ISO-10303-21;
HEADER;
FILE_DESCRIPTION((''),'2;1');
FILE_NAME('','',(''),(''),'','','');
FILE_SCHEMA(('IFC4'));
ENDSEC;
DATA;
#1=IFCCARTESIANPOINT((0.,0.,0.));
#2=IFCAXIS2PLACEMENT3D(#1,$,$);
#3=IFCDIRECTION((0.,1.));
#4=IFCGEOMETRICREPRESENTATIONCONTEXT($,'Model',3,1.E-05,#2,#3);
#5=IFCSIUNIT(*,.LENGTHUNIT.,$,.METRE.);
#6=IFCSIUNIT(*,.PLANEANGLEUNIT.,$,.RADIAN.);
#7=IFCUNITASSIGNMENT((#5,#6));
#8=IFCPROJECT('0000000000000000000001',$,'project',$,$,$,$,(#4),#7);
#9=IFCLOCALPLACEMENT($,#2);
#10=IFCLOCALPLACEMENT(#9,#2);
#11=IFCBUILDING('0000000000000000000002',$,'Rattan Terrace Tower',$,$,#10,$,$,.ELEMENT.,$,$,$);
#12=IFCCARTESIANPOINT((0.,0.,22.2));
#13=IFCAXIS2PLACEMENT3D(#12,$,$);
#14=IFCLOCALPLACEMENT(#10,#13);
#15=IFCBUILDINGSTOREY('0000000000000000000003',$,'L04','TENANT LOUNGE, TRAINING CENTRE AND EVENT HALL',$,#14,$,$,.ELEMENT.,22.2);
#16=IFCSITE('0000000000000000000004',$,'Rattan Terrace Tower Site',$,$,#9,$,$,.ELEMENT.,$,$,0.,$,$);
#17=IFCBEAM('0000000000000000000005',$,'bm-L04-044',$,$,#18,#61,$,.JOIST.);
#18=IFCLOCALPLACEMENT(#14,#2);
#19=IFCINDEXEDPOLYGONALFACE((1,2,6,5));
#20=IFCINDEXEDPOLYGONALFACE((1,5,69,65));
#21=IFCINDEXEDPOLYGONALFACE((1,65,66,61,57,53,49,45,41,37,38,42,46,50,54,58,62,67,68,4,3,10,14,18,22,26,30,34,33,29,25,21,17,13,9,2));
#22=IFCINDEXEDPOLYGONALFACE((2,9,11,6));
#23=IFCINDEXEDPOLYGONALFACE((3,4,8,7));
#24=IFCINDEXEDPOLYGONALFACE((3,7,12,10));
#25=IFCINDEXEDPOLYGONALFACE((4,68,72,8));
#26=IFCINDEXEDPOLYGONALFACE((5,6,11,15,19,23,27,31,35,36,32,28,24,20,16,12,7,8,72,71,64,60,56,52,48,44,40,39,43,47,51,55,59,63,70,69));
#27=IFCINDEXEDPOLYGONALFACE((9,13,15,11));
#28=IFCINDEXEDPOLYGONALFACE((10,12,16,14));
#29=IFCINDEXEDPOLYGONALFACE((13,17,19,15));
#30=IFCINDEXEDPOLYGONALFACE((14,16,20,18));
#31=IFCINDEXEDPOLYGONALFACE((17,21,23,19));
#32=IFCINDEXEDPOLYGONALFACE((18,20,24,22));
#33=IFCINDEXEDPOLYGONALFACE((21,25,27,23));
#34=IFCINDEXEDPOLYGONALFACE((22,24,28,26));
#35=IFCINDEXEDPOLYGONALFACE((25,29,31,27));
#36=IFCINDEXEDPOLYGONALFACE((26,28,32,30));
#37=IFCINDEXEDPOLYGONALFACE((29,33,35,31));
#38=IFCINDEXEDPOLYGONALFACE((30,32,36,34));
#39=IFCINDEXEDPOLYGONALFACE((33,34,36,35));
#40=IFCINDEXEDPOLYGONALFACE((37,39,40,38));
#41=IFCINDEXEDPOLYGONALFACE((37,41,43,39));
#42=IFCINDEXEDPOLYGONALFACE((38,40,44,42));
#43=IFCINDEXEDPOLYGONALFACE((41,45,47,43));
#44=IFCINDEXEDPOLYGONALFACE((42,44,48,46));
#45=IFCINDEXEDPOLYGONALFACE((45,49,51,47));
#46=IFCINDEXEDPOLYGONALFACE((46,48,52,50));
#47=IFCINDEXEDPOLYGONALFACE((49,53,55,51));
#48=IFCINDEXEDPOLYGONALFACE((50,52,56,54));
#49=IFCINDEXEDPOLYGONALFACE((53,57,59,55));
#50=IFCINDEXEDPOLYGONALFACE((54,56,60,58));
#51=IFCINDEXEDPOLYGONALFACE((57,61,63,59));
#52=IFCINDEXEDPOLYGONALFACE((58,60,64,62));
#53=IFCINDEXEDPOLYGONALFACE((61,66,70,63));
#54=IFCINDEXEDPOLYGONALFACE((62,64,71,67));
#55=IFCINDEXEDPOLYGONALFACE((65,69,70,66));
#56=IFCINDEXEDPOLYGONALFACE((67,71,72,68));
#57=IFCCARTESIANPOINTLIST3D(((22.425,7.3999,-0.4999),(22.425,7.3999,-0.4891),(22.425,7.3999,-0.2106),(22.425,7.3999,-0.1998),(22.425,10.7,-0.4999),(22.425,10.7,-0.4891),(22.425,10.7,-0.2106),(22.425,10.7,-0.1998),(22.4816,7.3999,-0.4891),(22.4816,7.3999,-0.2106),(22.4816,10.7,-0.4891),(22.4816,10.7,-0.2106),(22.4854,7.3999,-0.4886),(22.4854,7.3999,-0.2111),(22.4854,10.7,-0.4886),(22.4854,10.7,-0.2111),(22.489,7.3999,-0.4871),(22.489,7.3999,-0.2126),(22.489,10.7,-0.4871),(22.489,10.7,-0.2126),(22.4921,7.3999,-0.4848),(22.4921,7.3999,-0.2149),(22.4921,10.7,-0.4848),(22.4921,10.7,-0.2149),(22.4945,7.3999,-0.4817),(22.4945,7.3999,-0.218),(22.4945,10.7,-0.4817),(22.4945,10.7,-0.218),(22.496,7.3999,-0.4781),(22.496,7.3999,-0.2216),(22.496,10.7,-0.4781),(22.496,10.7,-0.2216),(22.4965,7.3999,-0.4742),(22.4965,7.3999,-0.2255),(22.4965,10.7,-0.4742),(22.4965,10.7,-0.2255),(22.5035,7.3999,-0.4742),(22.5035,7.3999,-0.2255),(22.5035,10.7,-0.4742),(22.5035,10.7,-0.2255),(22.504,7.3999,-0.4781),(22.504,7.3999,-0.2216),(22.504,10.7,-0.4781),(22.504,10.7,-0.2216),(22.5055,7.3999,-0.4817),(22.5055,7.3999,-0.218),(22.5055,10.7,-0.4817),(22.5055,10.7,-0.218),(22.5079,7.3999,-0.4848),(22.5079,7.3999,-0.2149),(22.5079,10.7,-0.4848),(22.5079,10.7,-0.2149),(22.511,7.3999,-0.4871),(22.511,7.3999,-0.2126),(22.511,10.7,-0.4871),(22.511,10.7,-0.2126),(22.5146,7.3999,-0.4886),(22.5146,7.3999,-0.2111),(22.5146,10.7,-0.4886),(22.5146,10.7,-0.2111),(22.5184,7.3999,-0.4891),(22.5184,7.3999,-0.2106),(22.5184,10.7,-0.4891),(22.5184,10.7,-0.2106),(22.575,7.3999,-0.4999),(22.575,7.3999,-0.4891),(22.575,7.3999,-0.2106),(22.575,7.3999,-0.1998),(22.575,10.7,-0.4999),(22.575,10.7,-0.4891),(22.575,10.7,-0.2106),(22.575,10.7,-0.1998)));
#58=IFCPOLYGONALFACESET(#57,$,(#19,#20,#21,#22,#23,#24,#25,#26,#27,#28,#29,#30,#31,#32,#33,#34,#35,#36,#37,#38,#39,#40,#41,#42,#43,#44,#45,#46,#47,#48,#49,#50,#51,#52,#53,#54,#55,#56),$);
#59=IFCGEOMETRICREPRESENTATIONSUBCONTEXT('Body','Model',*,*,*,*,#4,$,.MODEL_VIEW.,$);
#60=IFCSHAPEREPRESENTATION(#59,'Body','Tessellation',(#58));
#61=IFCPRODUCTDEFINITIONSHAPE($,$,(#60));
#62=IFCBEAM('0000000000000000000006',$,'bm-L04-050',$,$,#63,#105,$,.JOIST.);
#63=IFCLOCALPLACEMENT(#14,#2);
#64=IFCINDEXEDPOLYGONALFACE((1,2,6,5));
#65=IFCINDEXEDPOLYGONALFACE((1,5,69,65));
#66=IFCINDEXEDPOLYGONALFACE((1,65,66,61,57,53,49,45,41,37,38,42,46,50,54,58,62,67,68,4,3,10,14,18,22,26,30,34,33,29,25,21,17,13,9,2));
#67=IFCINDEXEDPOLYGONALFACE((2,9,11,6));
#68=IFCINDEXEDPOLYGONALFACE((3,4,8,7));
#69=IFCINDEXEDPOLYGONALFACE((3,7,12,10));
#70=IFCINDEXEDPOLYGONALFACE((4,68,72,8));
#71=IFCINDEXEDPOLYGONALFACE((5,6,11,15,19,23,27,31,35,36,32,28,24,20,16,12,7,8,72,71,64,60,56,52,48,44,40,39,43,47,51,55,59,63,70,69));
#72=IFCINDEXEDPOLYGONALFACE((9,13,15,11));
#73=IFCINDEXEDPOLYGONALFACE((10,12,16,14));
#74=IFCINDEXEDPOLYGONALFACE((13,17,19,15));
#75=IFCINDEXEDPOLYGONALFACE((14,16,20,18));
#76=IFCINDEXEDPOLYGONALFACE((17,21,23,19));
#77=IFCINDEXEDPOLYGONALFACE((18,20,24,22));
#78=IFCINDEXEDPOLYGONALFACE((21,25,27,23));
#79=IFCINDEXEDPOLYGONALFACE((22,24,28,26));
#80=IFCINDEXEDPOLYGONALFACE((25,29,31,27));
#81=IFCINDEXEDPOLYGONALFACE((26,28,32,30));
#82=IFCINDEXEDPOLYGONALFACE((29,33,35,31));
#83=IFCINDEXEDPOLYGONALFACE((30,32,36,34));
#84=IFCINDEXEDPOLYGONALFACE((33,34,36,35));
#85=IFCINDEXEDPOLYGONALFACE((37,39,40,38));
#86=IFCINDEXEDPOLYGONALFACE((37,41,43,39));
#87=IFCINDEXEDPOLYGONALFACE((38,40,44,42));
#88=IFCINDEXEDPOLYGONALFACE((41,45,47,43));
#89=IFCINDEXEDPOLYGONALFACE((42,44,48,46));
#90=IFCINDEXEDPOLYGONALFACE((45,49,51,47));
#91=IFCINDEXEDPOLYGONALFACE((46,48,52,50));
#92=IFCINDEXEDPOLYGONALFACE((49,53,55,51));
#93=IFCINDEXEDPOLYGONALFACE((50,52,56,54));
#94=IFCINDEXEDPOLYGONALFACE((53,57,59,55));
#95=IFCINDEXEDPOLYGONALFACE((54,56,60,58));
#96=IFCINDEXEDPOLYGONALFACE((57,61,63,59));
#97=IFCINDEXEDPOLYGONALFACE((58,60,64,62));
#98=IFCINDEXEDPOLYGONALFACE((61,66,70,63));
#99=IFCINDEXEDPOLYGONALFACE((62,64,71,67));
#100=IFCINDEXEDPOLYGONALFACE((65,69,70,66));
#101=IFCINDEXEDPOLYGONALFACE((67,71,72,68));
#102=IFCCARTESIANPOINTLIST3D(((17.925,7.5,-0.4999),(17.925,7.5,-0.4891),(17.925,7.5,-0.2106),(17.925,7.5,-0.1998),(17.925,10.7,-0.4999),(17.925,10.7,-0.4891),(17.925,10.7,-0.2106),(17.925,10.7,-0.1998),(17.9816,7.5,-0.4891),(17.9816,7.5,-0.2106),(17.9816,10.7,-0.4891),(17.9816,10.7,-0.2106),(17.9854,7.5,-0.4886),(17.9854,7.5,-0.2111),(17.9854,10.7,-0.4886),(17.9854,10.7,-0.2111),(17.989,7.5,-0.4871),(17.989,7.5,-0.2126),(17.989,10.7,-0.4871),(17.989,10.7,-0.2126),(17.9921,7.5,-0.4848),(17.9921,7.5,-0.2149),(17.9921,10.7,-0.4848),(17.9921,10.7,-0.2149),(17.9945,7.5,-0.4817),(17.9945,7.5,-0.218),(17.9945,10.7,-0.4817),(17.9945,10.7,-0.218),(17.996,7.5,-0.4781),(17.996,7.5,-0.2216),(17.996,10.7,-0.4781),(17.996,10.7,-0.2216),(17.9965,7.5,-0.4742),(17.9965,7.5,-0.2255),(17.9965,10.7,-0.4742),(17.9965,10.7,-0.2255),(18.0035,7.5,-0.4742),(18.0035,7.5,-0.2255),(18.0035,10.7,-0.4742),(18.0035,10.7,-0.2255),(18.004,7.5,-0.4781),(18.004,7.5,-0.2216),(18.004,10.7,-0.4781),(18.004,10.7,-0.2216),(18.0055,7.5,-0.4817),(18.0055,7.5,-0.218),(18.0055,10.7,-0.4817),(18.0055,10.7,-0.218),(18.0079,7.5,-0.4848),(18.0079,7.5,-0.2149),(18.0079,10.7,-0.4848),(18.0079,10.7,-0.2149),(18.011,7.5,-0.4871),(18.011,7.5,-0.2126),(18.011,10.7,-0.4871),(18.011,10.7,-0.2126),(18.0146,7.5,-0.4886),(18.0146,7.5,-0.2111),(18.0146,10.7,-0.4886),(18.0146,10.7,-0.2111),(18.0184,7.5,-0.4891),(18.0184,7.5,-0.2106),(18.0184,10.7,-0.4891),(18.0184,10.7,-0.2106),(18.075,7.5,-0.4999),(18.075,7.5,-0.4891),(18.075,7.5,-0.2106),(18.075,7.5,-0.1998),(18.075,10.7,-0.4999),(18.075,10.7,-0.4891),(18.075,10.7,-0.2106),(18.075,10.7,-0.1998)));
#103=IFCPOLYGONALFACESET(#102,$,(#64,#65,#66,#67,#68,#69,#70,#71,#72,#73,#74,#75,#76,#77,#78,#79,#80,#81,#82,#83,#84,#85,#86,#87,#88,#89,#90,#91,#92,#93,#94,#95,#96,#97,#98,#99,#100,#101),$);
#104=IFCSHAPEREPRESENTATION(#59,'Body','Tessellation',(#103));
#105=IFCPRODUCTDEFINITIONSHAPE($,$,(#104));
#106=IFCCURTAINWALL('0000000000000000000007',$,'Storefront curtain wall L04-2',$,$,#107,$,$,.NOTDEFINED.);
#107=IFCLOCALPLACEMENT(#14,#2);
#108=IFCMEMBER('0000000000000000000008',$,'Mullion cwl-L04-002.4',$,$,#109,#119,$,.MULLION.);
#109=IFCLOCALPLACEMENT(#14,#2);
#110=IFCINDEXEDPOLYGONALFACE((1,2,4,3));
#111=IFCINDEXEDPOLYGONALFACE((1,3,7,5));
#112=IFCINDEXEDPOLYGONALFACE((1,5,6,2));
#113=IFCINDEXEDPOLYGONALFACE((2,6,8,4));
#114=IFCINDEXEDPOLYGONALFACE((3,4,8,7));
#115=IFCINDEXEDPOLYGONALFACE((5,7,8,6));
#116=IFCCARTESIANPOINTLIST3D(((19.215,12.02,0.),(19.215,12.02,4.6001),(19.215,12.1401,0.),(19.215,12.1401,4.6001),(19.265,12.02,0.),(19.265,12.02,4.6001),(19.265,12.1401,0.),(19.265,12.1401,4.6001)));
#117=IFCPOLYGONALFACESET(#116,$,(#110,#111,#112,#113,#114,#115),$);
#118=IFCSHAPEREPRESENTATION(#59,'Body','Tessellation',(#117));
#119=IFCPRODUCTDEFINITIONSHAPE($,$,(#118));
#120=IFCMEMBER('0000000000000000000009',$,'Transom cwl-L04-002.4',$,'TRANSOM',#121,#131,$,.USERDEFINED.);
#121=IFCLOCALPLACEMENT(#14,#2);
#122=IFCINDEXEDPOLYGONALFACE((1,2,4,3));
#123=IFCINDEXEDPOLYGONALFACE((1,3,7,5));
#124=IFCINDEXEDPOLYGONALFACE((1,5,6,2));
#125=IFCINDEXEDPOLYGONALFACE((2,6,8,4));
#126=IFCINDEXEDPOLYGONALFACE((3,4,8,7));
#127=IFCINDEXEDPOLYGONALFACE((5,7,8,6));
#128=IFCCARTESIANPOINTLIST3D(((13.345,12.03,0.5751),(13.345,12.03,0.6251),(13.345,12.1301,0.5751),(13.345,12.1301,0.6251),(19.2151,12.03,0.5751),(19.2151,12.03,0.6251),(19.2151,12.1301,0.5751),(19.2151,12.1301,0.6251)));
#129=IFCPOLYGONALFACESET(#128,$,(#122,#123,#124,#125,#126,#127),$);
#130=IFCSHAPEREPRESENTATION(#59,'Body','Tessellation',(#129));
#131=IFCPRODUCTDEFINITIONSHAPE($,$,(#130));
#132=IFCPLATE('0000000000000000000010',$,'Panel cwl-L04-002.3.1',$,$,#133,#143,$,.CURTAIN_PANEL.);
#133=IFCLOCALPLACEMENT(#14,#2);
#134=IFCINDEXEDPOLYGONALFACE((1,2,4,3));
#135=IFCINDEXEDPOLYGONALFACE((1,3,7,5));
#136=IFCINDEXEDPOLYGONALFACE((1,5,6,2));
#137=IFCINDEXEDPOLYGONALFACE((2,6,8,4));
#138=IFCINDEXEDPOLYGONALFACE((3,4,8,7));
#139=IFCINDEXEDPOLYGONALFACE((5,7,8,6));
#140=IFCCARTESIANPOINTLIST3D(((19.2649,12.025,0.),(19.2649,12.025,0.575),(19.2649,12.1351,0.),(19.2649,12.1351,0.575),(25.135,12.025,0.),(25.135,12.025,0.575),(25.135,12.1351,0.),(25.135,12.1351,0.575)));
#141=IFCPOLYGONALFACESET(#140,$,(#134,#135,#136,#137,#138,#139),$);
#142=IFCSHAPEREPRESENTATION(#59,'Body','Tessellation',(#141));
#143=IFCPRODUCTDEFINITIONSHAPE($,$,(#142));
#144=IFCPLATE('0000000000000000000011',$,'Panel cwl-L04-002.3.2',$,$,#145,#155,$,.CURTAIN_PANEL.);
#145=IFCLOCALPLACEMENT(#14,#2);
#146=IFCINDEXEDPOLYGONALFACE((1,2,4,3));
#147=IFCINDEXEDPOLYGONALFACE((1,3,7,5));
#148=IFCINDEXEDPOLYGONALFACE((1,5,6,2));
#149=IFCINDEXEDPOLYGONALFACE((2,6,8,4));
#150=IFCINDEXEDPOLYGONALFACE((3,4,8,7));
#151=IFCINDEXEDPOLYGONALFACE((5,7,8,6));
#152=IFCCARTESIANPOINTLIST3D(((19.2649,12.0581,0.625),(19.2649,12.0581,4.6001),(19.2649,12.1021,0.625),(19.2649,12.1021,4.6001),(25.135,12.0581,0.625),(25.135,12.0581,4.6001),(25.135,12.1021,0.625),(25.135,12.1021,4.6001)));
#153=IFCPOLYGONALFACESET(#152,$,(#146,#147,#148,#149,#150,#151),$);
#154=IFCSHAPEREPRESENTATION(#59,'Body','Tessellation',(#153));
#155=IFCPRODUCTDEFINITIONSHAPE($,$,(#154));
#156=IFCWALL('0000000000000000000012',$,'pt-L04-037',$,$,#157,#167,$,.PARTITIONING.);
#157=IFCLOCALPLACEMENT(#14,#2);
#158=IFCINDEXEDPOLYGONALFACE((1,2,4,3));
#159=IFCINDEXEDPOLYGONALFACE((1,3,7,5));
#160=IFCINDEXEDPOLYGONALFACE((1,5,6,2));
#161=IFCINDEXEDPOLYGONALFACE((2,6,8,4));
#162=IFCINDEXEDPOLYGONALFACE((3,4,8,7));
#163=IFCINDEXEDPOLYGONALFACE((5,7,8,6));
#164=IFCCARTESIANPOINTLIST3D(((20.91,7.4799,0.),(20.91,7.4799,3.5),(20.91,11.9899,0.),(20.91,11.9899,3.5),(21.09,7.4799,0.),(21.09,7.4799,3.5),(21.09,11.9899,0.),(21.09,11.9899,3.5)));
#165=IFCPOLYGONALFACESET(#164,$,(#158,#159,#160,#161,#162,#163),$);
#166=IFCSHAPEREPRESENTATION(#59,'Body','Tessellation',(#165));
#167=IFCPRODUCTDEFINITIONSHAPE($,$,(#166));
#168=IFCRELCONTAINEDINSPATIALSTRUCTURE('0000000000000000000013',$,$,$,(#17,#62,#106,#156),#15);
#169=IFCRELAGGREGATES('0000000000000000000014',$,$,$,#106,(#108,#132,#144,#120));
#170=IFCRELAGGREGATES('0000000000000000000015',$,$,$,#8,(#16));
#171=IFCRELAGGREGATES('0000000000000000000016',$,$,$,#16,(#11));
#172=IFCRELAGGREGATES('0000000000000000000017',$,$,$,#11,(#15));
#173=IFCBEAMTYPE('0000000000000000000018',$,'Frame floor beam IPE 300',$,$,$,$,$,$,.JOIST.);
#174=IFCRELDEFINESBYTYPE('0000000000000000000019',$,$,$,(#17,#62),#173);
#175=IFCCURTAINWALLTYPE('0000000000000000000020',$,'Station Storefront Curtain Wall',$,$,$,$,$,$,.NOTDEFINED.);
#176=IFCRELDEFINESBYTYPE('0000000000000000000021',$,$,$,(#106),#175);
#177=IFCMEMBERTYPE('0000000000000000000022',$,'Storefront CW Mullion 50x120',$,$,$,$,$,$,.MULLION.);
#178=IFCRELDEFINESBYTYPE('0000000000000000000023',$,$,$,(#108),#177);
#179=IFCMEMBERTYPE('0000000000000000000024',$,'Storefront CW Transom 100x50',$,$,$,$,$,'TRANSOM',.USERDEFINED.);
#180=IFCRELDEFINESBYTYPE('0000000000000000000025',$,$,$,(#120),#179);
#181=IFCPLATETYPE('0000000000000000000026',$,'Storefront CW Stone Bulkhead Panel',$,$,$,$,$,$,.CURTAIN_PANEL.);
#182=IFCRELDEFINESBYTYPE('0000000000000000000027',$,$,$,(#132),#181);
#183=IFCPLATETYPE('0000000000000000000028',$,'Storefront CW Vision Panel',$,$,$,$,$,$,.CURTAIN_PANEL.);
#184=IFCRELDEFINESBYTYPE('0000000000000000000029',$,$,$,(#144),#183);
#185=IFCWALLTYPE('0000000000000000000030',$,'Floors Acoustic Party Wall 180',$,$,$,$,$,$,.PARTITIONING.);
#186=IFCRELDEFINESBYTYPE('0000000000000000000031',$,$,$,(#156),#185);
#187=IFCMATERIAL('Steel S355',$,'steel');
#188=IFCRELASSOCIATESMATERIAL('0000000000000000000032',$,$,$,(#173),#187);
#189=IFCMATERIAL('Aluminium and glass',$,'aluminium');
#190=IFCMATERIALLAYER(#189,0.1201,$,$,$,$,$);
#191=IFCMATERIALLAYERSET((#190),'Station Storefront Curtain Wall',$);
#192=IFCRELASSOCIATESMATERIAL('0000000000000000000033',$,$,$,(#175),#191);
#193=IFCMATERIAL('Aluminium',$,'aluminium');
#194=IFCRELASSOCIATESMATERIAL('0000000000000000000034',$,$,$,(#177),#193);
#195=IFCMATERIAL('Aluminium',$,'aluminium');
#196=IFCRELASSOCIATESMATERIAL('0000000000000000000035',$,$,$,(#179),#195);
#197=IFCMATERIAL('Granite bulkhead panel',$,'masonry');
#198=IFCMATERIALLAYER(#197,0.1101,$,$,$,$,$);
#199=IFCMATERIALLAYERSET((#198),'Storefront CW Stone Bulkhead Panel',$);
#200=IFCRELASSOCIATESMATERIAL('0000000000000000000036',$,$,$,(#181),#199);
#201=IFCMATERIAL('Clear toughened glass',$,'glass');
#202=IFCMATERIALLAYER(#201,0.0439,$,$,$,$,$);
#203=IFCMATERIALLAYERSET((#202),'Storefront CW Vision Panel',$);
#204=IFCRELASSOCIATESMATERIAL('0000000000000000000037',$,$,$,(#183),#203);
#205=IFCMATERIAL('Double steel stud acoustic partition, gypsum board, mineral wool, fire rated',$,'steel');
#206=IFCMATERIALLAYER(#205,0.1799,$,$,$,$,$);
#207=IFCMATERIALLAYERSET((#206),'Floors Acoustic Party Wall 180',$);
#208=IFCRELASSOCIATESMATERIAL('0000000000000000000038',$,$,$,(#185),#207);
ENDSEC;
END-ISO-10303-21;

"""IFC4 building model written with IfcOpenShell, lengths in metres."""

from ifc_helpers import new_model, si_unit, direction, frame, frame_2d, origin, origin_2d, place, context, subcontext, project, spatial, rectangle, i_section, extrude, material, layer, layer_set, material_profile, profile_set, type_object, element, aggregate, save


model = new_model("IFC4")

# Units and contexts
model_context = context("Model", 3, precision=1e-05, world=origin(), true_north=direction((0.0, 1.0)))
body_context = subcontext(model_context, "Body", "Model", "MODEL_VIEW")
ifc_project = project(units=[si_unit("LENGTHUNIT", "METRE"), si_unit("PLANEANGLEUNIT", "RADIAN")], contexts=[model_context])

# Site, building, storey
site_placement = place(None, origin())
site = spatial("IfcSite", under=ifc_project, at=site_placement, Name="Rattan Terrace Tower Site", CompositionType="ELEMENT", RefElevation=0.0)
building_placement = place(site_placement, origin())
building = spatial("IfcBuilding", under=site, at=building_placement, Name="Rattan Terrace Tower", CompositionType="ELEMENT")
storey_placement = place(building_placement, frame((0.0, 0.0, 22.2)))
storey = spatial("IfcBuildingStorey", under=building, at=storey_placement, Name="L04", Description="TENANT LOUNGE, TRAINING CENTRE AND EVENT HALL", CompositionType="ELEMENT", Elevation=22.2)

# Beams
ifc_material_1 = material(Name="Steel S355", Category="steel")
ifc_material_profile_1 = material_profile(ifc_material_1, i_section(OverallWidth=0.1499, OverallDepth=0.3, WebThickness=0.0071, FlangeThickness=0.0107, FilletRadius=0.0149, at=origin_2d()), Name="IPE 300")
ifc_profile_set_1 = profile_set([ifc_material_profile_1], Name="Steel S355")
beam_type = type_object("IfcBeamType", Name="Frame floor beam IPE 300", PredefinedType="JOIST", material=ifc_profile_set_1)
beam_1_placement = place(storey_placement, frame((22.5, 7.3999, -0.3499), z_axis=(0.0, 1.0, 0.0), x_axis=(-1.0, 0.0, 0.0)))
element("IfcBeam", 1, at=beam_1_placement, inside=storey, type_object=beam_type, Name="bm-L04-044", PredefinedType="JOIST", context=body_context, shape_type="SweptSolid", body=[
    extrude(i_section(OverallWidth=0.1499, OverallDepth=0.3, WebThickness=0.0071, FlangeThickness=0.0107, FilletRadius=0.0149, at=origin_2d()), origin(), (0.0, 0.0, 1.0), 3.3),
])
beam_2_placement = place(storey_placement, frame((18.0, 7.5, -0.3499), z_axis=(0.0, 1.0, 0.0), x_axis=(-1.0, 0.0, 0.0)))
element("IfcBeam", 2, at=beam_2_placement, inside=storey, type_object=beam_type, Name="bm-L04-050", PredefinedType="JOIST", context=body_context, shape_type="SweptSolid", body=[
    extrude(i_section(OverallWidth=0.1499, OverallDepth=0.3, WebThickness=0.0071, FlangeThickness=0.0107, FilletRadius=0.0149, at=origin_2d()), origin(), (0.0, 0.0, 1.0), 3.2),
])

# Curtain wall, members, plates
ifc_material_2 = material(Name="Aluminium and glass", Category="aluminium")
ifc_layer_1 = layer(ifc_material_2, 0.1201)
ifc_layer_set_1 = layer_set([ifc_layer_1], Name="Station Storefront Curtain Wall")
curtain_wall_type = type_object("IfcCurtainWallType", Name="Station Storefront Curtain Wall", PredefinedType="NOTDEFINED", material=ifc_layer_set_1)
curtain_wall_placement = place(storey_placement, origin())
curtain_wall = element("IfcCurtainWall", 3, at=curtain_wall_placement, inside=storey, type_object=curtain_wall_type, Name="Storefront curtain wall L04-2", PredefinedType="NOTDEFINED")
ifc_material_3 = material(Name="Aluminium", Category="aluminium")
ifc_material_profile_2 = material_profile(ifc_material_3, rectangle(XDim=0.05, YDim=0.1201, at=origin_2d()), Name="Aluminium 50x120")
ifc_profile_set_2 = profile_set([ifc_material_profile_2], Name="Aluminium")
member_type_1 = type_object("IfcMemberType", Name="Storefront CW Mullion 50x120", PredefinedType="MULLION", material=ifc_profile_set_2)
member_1_placement = place(storey_placement, frame((19.24, 12.0801, 0.0), z_axis=(0.0, 0.0, 1.0), x_axis=(-1.0, 0.0, 0.0)))
member_1 = element("IfcMember", 4, at=member_1_placement, type_object=member_type_1, Name="Mullion cwl-L04-002.4", PredefinedType="MULLION", context=body_context, shape_type="SweptSolid", body=[
    extrude(rectangle(XDim=0.05, YDim=0.1201, at=origin_2d()), origin(), (0.0, 0.0, 1.0), 4.6001),
])
ifc_material_4 = material(Name="Aluminium", Category="aluminium")
ifc_material_profile_3 = material_profile(ifc_material_4, rectangle(XDim=0.1001, YDim=0.05, at=origin_2d()), Name="Aluminium 100x50")
ifc_profile_set_3 = profile_set([ifc_material_profile_3], Name="Aluminium")
member_type_2 = type_object("IfcMemberType", Name="Storefront CW Transom 100x50", ElementType="TRANSOM", PredefinedType="USERDEFINED", material=ifc_profile_set_3)
member_2_placement = place(storey_placement, frame((19.2151, 12.0801, 0.6001), z_axis=(-1.0, 0.0, 0.0), x_axis=(0.0, -1.0, 0.0)))
member_2 = element("IfcMember", 5, at=member_2_placement, type_object=member_type_2, Name="Transom cwl-L04-002.4", ObjectType="TRANSOM", PredefinedType="USERDEFINED", context=body_context, shape_type="SweptSolid", body=[
    extrude(rectangle(XDim=0.1001, YDim=0.05, at=origin_2d()), origin(), (0.0, 0.0, 1.0), 5.8701),
])
ifc_material_5 = material(Name="Granite bulkhead panel", Category="masonry")
ifc_layer_2 = layer(ifc_material_5, 0.1101)
ifc_layer_set_2 = layer_set([ifc_layer_2], Name="Storefront CW Stone Bulkhead Panel")
plate_type_1 = type_object("IfcPlateType", Name="Storefront CW Stone Bulkhead Panel", PredefinedType="CURTAIN_PANEL", material=ifc_layer_set_2)
plate_1_placement = place(storey_placement, frame((22.2, 12.0801, 0.0), z_axis=(0.0, 0.0, 1.0), x_axis=(-1.0, 0.0, 0.0)))
plate_1 = element("IfcPlate", 6, at=plate_1_placement, type_object=plate_type_1, Name="Panel cwl-L04-002.3.1", PredefinedType="CURTAIN_PANEL", context=body_context, shape_type="SweptSolid", body=[
    extrude(rectangle(XDim=5.8701, YDim=0.1101, at=origin_2d()), origin(), (0.0, 0.0, 1.0), 0.575),
])
ifc_material_6 = material(Name="Clear toughened glass", Category="glass")
ifc_layer_3 = layer(ifc_material_6, 0.0439)
ifc_layer_set_3 = layer_set([ifc_layer_3], Name="Storefront CW Vision Panel")
plate_type_2 = type_object("IfcPlateType", Name="Storefront CW Vision Panel", PredefinedType="CURTAIN_PANEL", material=ifc_layer_set_3)
plate_2_placement = place(storey_placement, frame((22.2, 12.0801, 0.625), z_axis=(0.0, 0.0, 1.0), x_axis=(-1.0, 0.0, 0.0)))
plate_2 = element("IfcPlate", 7, at=plate_2_placement, type_object=plate_type_2, Name="Panel cwl-L04-002.3.2", PredefinedType="CURTAIN_PANEL", context=body_context, shape_type="SweptSolid", body=[
    extrude(rectangle(XDim=5.8701, YDim=0.0439, at=origin_2d()), origin(), (0.0, 0.0, 1.0), 3.9751),
])
aggregate(curtain_wall, [member_1, plate_1, plate_2, member_2])

# Wall
ifc_material_7 = material(Name="Double steel stud acoustic partition, gypsum board, mineral wool, fire rated", Category="steel")
ifc_layer_4 = layer(ifc_material_7, 0.1799)
ifc_layer_set_4 = layer_set([ifc_layer_4], Name="Floors Acoustic Party Wall 180")
wall_type_1 = type_object("IfcWallType", Name="Floors Acoustic Party Wall 180", PredefinedType="PARTITIONING", material=ifc_layer_set_4)
wall_1_placement = place(storey_placement, frame((21.0, 7.48, 0.0), z_axis=(0.0, 0.0, 1.0), x_axis=(0.0, 1.0, 0.0)))
element("IfcWall", 8, at=wall_1_placement, inside=storey, type_object=wall_type_1, Name="pt-L04-037", PredefinedType="PARTITIONING", context=body_context, shape_type="SweptSolid", body=[
    extrude(rectangle(XDim=4.51, YDim=0.1799, at=frame_2d((2.2549, 0.0))), origin(), (0.0, 0.0, 1.0), 3.5),
])

save(model, "model.ifc")
